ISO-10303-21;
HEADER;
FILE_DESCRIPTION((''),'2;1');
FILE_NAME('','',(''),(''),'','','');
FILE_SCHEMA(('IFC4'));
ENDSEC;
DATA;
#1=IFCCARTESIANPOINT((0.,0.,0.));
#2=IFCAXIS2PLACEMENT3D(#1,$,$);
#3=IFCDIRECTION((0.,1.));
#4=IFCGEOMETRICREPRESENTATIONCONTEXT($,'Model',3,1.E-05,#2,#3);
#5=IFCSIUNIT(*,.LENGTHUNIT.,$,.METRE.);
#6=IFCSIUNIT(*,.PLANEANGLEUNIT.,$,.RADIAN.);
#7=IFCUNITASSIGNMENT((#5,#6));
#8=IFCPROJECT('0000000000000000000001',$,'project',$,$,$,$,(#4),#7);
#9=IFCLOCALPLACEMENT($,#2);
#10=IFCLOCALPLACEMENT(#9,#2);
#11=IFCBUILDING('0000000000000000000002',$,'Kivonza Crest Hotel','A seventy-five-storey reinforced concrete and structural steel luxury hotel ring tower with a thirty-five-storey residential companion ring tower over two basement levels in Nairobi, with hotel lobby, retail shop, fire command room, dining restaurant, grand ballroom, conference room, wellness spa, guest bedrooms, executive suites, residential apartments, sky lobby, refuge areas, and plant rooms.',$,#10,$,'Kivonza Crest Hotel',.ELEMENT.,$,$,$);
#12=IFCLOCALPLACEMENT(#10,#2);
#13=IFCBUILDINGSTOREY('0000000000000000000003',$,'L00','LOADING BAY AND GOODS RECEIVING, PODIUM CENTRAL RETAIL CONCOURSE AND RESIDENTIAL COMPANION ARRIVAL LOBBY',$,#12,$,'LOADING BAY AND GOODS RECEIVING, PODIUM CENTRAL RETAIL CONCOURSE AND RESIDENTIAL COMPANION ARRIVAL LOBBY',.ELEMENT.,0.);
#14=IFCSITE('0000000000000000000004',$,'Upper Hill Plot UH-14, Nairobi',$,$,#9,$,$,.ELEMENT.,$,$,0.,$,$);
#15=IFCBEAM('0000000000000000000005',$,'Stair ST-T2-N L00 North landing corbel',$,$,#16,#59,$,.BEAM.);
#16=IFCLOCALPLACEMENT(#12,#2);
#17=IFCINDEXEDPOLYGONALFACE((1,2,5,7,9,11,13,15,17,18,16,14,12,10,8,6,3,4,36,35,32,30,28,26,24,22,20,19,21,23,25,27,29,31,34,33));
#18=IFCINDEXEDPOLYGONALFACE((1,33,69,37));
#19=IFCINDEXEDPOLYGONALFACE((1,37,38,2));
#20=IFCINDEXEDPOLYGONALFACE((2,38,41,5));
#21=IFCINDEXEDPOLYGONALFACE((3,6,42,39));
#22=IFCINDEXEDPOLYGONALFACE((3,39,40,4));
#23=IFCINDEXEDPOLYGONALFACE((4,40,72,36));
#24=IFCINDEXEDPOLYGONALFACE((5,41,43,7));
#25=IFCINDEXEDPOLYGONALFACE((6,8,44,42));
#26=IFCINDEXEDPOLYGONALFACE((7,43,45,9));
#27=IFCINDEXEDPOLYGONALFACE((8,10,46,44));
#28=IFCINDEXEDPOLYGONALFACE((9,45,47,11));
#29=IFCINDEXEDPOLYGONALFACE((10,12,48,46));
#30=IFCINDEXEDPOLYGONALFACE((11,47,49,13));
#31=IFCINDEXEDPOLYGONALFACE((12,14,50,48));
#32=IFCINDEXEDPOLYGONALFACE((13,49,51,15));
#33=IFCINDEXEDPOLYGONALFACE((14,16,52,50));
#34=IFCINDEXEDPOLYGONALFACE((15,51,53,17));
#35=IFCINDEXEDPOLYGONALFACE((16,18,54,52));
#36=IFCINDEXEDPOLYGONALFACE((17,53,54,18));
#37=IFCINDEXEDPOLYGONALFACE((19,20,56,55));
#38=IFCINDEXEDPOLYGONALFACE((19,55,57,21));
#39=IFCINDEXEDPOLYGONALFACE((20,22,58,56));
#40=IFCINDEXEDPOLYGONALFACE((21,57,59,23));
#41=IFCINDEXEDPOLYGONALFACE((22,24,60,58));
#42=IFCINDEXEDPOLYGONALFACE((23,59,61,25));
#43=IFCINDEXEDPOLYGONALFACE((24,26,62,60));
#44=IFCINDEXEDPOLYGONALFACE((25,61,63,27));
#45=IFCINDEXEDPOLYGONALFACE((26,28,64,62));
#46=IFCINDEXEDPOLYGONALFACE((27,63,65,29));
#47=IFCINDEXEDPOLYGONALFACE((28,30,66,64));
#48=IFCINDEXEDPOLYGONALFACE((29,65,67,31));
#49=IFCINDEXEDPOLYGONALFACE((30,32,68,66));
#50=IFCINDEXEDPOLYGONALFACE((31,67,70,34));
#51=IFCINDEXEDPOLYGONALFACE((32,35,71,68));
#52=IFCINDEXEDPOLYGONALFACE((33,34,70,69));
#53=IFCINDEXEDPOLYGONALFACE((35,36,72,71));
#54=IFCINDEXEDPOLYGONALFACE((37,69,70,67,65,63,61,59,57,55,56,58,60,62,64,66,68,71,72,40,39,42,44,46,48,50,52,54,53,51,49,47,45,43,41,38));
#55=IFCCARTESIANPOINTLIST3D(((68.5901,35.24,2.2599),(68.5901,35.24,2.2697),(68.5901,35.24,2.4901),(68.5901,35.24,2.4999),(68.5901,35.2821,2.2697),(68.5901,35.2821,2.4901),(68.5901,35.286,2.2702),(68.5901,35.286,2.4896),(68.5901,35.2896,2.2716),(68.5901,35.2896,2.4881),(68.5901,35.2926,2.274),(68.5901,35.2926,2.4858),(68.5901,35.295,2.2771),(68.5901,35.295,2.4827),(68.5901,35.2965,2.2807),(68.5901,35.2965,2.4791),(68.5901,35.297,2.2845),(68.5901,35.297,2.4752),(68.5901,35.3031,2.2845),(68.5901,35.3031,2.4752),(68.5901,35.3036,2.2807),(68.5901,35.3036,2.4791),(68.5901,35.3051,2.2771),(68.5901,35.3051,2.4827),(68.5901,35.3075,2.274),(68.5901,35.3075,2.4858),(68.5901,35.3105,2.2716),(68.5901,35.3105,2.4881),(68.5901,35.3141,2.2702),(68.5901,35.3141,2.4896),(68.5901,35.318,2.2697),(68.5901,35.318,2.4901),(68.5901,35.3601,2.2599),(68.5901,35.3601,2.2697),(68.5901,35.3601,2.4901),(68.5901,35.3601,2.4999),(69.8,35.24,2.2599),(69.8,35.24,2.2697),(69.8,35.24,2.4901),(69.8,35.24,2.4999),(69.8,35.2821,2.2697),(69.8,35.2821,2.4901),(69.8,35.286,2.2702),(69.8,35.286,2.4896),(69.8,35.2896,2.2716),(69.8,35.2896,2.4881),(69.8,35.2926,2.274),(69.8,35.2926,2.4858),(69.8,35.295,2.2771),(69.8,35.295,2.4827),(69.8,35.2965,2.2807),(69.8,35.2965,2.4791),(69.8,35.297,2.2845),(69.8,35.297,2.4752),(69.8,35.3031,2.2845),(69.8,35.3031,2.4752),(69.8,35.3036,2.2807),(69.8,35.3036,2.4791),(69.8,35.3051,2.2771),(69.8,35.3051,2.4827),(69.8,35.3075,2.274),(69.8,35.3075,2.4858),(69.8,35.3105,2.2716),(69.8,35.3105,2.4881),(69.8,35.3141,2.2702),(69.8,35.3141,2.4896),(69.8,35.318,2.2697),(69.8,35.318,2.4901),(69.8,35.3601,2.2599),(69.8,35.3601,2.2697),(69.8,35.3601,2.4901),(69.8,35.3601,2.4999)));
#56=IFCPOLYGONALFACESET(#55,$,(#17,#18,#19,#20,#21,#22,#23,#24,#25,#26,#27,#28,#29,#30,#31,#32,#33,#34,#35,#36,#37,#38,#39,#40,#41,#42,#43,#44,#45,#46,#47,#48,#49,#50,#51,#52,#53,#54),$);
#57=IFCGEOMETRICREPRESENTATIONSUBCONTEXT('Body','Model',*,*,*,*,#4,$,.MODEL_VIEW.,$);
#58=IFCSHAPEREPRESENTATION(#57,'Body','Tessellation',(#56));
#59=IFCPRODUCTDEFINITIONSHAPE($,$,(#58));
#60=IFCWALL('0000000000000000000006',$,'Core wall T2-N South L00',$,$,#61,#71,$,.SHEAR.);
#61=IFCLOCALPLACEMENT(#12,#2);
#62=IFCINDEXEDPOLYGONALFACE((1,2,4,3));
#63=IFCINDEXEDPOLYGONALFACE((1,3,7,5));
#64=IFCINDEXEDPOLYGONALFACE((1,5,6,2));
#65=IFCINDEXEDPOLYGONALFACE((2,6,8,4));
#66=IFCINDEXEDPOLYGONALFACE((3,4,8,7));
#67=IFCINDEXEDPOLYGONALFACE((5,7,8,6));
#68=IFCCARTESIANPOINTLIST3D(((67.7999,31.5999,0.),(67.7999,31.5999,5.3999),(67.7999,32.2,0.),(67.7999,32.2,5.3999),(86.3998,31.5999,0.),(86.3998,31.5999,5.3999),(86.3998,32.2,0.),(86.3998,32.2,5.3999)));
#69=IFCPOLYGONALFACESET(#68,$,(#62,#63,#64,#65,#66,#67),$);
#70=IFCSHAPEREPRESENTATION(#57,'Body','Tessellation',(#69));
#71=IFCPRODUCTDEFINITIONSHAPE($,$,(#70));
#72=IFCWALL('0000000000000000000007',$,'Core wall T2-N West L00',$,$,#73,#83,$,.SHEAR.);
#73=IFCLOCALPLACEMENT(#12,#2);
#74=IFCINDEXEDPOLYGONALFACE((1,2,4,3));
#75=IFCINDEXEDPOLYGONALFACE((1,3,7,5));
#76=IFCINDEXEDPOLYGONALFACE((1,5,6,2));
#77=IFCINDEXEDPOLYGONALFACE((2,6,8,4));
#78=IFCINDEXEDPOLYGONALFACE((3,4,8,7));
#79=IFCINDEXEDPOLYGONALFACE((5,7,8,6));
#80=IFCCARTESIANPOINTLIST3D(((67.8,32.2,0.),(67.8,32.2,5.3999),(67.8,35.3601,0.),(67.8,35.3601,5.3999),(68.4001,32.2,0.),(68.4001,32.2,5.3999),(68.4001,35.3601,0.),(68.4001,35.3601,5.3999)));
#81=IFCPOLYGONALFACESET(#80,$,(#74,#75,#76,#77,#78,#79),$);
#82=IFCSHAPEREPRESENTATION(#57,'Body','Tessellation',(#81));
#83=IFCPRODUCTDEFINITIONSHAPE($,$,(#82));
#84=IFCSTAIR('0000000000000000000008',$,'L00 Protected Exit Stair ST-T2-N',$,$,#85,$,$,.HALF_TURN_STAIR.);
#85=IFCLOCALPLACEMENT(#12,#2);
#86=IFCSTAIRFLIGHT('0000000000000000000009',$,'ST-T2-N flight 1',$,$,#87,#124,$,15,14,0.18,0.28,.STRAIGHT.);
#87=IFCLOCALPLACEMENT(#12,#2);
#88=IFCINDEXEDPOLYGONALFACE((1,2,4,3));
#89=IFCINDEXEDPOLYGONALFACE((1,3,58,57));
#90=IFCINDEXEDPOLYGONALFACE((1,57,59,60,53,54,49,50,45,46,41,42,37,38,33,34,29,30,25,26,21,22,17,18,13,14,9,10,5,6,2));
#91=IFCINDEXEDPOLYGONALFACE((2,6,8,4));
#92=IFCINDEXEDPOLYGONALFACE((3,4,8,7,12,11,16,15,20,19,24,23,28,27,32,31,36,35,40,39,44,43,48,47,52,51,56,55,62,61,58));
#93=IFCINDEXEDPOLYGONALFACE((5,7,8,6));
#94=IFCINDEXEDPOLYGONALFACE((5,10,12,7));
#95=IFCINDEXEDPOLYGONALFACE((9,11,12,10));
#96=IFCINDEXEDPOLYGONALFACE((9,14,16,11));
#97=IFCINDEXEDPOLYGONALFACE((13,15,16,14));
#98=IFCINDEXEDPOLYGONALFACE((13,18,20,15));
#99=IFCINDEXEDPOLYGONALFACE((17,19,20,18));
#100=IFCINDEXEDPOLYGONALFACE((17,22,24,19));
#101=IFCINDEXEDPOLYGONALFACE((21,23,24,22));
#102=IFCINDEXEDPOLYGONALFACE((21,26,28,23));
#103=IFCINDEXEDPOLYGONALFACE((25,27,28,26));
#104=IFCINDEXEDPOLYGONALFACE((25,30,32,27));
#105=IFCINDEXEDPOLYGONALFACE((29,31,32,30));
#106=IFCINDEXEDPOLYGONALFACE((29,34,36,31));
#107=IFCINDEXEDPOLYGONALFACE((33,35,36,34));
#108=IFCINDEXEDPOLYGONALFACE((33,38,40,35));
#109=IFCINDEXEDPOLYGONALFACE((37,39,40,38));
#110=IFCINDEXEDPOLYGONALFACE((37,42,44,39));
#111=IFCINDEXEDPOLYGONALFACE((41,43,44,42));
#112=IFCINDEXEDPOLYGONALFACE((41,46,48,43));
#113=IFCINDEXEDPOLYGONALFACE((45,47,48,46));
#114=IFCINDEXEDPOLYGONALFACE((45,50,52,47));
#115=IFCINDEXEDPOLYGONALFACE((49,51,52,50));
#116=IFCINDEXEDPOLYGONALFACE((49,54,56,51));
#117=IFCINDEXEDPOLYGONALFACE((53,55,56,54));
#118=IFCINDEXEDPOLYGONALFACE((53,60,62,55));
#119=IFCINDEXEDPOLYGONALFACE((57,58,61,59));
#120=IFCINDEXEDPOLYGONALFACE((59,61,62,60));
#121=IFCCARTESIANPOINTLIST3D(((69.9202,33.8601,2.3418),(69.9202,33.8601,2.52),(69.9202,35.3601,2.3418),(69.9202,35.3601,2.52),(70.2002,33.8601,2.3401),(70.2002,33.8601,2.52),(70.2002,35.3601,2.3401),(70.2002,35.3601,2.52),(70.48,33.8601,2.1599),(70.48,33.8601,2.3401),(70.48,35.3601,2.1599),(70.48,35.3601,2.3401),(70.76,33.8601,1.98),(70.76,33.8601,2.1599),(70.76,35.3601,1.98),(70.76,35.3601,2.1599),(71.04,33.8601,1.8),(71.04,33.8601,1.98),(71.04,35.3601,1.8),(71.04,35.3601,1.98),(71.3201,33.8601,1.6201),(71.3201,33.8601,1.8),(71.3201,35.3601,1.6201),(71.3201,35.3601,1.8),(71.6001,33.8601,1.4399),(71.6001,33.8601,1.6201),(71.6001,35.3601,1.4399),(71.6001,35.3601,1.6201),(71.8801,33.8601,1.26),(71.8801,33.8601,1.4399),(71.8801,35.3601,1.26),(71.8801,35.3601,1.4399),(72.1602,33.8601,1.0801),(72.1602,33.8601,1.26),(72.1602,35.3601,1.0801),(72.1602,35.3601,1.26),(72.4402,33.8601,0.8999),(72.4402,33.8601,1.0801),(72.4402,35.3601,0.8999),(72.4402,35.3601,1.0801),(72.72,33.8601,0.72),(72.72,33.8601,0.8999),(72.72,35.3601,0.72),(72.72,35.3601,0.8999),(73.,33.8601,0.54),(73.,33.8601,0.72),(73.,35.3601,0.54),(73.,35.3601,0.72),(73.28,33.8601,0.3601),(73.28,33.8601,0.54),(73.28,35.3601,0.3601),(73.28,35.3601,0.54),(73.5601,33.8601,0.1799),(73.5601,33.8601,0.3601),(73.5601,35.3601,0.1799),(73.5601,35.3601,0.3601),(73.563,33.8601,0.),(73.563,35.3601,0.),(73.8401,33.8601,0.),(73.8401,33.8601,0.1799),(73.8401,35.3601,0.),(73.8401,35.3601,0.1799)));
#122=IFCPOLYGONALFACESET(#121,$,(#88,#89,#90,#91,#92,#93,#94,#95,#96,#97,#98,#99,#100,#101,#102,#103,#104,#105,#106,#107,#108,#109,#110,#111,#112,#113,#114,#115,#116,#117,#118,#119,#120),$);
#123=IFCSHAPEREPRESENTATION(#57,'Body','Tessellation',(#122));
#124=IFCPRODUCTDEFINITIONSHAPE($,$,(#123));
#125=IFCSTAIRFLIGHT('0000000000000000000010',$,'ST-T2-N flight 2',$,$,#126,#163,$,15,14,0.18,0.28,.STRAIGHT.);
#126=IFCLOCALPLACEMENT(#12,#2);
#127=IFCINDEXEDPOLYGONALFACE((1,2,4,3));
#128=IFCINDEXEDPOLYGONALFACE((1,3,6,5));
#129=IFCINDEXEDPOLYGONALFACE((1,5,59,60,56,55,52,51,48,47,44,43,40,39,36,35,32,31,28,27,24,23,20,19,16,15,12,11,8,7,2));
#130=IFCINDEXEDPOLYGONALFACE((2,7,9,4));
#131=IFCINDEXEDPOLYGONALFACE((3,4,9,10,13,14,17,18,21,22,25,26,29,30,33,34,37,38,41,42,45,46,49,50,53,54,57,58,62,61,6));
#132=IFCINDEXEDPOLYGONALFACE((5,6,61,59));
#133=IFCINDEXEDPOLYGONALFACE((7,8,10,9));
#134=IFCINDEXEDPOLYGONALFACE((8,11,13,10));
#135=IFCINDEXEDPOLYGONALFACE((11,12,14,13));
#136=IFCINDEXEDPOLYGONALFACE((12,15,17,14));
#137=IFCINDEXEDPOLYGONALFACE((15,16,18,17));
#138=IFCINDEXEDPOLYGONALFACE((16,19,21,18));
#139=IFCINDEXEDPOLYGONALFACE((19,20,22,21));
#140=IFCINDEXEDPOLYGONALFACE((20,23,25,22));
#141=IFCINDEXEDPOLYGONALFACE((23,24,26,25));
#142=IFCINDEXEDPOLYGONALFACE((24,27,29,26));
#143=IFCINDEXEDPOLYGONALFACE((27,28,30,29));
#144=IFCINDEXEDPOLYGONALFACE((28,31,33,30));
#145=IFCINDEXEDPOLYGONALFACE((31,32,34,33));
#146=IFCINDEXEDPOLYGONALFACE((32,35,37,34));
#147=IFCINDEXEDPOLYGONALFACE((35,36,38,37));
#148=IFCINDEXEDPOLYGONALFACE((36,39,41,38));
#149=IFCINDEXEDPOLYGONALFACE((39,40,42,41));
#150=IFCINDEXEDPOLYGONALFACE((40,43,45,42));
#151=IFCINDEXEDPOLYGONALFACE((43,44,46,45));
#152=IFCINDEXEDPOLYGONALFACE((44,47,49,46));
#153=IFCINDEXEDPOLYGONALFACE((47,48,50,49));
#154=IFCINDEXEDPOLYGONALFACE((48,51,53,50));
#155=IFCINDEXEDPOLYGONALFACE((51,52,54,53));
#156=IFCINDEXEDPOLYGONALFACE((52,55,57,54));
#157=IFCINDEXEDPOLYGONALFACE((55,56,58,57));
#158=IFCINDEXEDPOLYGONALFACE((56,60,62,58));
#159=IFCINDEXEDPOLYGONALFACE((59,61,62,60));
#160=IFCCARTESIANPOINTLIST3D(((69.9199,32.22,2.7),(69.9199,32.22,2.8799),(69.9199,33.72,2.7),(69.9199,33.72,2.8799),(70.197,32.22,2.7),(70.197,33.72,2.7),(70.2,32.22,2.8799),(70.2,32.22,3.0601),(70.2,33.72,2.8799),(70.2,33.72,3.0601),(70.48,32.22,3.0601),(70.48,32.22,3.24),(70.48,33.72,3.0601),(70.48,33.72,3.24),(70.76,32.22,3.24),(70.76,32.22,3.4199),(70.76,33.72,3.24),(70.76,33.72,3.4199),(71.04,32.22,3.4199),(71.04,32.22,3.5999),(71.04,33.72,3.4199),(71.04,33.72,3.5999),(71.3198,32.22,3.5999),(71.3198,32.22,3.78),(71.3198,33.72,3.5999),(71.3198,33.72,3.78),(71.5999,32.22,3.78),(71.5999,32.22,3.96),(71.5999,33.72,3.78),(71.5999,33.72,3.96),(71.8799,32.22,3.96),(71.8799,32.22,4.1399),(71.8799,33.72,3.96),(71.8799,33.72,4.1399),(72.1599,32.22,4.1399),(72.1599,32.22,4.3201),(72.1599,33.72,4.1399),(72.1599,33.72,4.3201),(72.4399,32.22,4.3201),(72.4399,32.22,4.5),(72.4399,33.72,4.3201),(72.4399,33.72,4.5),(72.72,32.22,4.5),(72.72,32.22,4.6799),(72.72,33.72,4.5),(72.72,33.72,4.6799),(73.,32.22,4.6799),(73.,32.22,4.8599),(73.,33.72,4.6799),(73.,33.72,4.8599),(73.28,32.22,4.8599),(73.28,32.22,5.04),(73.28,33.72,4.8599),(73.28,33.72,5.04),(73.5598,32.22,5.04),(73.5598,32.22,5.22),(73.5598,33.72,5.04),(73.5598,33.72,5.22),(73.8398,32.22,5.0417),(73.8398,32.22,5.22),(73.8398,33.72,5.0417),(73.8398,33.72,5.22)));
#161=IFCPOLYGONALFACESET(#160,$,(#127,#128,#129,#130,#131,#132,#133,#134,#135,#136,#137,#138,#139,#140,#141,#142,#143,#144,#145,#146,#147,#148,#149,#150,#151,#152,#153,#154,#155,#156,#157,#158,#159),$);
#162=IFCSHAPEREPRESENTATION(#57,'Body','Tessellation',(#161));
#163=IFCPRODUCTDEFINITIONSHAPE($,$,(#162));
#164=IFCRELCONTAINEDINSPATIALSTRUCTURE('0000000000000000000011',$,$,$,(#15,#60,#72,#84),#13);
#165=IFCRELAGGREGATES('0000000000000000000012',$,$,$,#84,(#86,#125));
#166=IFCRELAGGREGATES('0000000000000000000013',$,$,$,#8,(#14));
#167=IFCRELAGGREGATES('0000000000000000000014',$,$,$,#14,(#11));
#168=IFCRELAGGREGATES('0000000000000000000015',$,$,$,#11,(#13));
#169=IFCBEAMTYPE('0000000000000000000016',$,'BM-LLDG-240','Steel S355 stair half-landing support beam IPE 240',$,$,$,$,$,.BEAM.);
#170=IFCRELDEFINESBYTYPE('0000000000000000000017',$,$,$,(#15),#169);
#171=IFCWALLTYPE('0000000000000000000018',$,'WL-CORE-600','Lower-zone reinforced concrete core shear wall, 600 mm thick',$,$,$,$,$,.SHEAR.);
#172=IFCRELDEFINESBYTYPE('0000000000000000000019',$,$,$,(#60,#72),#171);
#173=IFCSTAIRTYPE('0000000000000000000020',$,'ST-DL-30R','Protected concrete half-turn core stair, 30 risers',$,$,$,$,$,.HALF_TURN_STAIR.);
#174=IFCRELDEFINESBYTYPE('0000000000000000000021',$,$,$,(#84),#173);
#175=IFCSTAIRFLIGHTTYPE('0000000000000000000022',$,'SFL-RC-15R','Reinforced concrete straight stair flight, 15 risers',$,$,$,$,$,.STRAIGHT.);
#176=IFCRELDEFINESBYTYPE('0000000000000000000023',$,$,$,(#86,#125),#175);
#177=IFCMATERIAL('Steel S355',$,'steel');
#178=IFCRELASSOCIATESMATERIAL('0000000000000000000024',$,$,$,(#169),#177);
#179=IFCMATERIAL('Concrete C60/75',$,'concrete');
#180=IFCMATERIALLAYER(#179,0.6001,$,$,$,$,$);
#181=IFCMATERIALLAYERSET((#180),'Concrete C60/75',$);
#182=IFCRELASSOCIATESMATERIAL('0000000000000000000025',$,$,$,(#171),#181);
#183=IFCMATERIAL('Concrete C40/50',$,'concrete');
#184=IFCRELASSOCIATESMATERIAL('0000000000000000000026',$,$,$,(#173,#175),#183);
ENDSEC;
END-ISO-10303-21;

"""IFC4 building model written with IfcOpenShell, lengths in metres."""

from ifc_helpers import new_model, si_unit, direction, frame, frame_2d, origin, origin_2d, place, context, subcontext, project, spatial, polyline, rectangle, i_section, outline, extrude, material, layer, layer_set, material_profile, profile_set, type_object, element, aggregate, save


model = new_model("IFC4")

# Units and contexts
model_context = context("Model", 3, precision=1e-05, world=origin(), true_north=direction((0.0, 1.0)))
body_context = subcontext(model_context, "Body", "Model", "MODEL_VIEW")
ifc_project = project(units=[si_unit("LENGTHUNIT", "METRE"), si_unit("PLANEANGLEUNIT", "RADIAN")], contexts=[model_context])

# Site, building, storey
site_placement = place(None, origin())
site = spatial("IfcSite", under=ifc_project, at=site_placement, Name="Upper Hill Plot UH-14, Nairobi", CompositionType="ELEMENT", RefElevation=0.0)
building_placement = place(site_placement, origin())
building = spatial("IfcBuilding", under=site, at=building_placement, Name="Kivonza Crest Hotel", Description="A seventy-five-storey reinforced concrete and structural steel luxury hotel ring tower with a thirty-five-storey residential companion ring tower over two basement levels in Nairobi, with hotel lobby, retail shop, fire command room, dining restaurant, grand ballroom, conference room, wellness spa, guest bedrooms, executive suites, residential apartments, sky lobby, refuge areas, and plant rooms.", LongName="Kivonza Crest Hotel", CompositionType="ELEMENT")
storey_placement = place(building_placement, origin())
storey = spatial("IfcBuildingStorey", under=building, at=storey_placement, Name="L00", Description="LOADING BAY AND GOODS RECEIVING, PODIUM CENTRAL RETAIL CONCOURSE AND RESIDENTIAL COMPANION ARRIVAL LOBBY", LongName="LOADING BAY AND GOODS RECEIVING, PODIUM CENTRAL RETAIL CONCOURSE AND RESIDENTIAL COMPANION ARRIVAL LOBBY", CompositionType="ELEMENT", Elevation=0.0)

# Shared definitions
ifc_material_1 = material(Name="Concrete C60/75", Category="concrete")

# Beam
ifc_material_2 = material(Name="Steel S355", Category="steel")
ifc_material_profile_1 = material_profile(ifc_material_2, i_section(OverallWidth=0.1201, OverallDepth=0.24, WebThickness=0.0061, FlangeThickness=0.0098, FilletRadius=0.0149, at=origin_2d()), Name="IPE 240")
ifc_profile_set_1 = profile_set([ifc_material_profile_1], Name="Steel S355")
beam_type_1 = type_object("IfcBeamType", Name="BM-LLDG-240", Description="Steel S355 stair half-landing support beam IPE 240", PredefinedType="BEAM", material=ifc_profile_set_1)
for number, where, z_axis, x_axis, name in (
    (1, (68.5901, 35.3, 2.3799), (1.0, 0.0, 0.0), (0.0, 1.0, 0.0), "Stair ST-T2-N L00 North landing corbel"),
):
    element("IfcBeam", number, at=place(storey_placement, frame(where, z_axis=z_axis, x_axis=x_axis)), inside=storey, type_object=beam_type_1, Name=name, PredefinedType="BEAM", context=body_context, shape_type="SweptSolid", body=[
        extrude(i_section(OverallWidth=0.1201, OverallDepth=0.24, WebThickness=0.0061, FlangeThickness=0.0098, FilletRadius=0.0149, at=origin_2d()), origin(), (0.0, 0.0, 1.0), 1.21),
    ])

# Wall
ifc_layer_1 = layer(ifc_material_1, 0.6001)
ifc_layer_set_1 = layer_set([ifc_layer_1], Name="Concrete C60/75")
wall_type_1 = type_object("IfcWallType", Name="WL-CORE-600", Description="Lower-zone reinforced concrete core shear wall, 600 mm thick", PredefinedType="SHEAR", material=ifc_layer_set_1)
wall_1_placement = place(storey_placement, frame((67.8, 31.8999, 0.0), z_axis=(0.0, 0.0, 1.0), x_axis=(1.0, 0.0, 0.0)))
element("IfcWall", 2, at=wall_1_placement, inside=storey, type_object=wall_type_1, Name="Core wall T2-N South L00", PredefinedType="SHEAR", context=body_context, shape_type="SweptSolid", body=[
    extrude(rectangle(XDim=18.5999, YDim=0.6001, at=frame_2d((9.2998, 0.0))), origin(), (0.0, 0.0, 1.0), 5.3999),
])

# Wall
wall_2_placement = place(storey_placement, frame((68.1001, 32.2, 0.0), z_axis=(0.0, 0.0, 1.0), x_axis=(0.0, 1.0, 0.0)))
element("IfcWall", 3, at=wall_2_placement, inside=storey, type_object=wall_type_1, Name="Core wall T2-N West L00", PredefinedType="SHEAR", context=body_context, shape_type="SweptSolid", body=[
    extrude(rectangle(XDim=3.1602, YDim=0.6001, at=frame_2d((1.5801, 0.0))), origin(), (0.0, 0.0, 1.0), 5.3999),
])

# Stair, stair flights
ifc_material_3 = material(Name="Concrete C40/50", Category="concrete")
stair_type = type_object("IfcStairType", Name="ST-DL-30R", Description="Protected concrete half-turn core stair, 30 risers", PredefinedType="HALF_TURN_STAIR", material=ifc_material_3)
stair_placement = place(storey_placement, origin())
stair = element("IfcStair", 4, at=stair_placement, inside=storey, type_object=stair_type, Name="L00 Protected Exit Stair ST-T2-N", PredefinedType="HALF_TURN_STAIR")
stair_flight_type = type_object("IfcStairFlightType", Name="SFL-RC-15R", Description="Reinforced concrete straight stair flight, 15 risers", PredefinedType="STRAIGHT", material=ifc_material_3)
stair_flight_1_placement = place(storey_placement, frame((73.8401, 34.6101, 0.0), z_axis=(0.0, 0.0, 1.0), x_axis=(-1.0, 0.0, 0.0)))
stair_flight_1 = element("IfcStairFlight", 5, at=stair_flight_1_placement, type_object=stair_flight_type, Name="ST-T2-N flight 1", NumberOfRisers=15, NumberOfTreads=14, PredefinedType="STRAIGHT", RiserHeight=0.18, TreadLength=0.28, context=body_context, shape_type="SweptSolid", body=[
    extrude(outline(polyline([(0.0, 0.0), (0.0, 0.1799), (0.28, 0.1799), (0.28, 0.3601), (0.5601, 0.3601), (0.5601, 0.54), (0.8401, 0.54), (0.8401, 0.72), (1.1201, 0.72), (1.1201, 0.8999), (1.3999, 0.8999), (1.3999, 1.0801), (1.6799, 1.0801), (1.6799, 1.26), (1.96, 1.26), (1.96, 1.4399), (2.24, 1.4399), (2.24, 1.6201), (2.52, 1.6201), (2.52, 1.8), (2.8, 1.8), (2.8, 1.98), (3.0801, 1.98), (3.0801, 2.1599), (3.3601, 2.1599), (3.3601, 2.3401), (3.6399, 2.3401), (3.6399, 2.52), (3.9199, 2.52), (3.9199, 2.7), (3.9199, 2.3418), (0.2771, 0.0), (0.0, 0.0)])), frame((0.0, 0.75, 0.0), z_axis=(0.0, -1.0, 0.0), x_axis=(1.0, 0.0, 0.0)), (0.0, 0.0, 1.0), 1.5),
])
stair_flight_2_placement = place(storey_placement, frame((69.9199, 32.97, 2.7), z_axis=(0.0, 0.0, 1.0), x_axis=(1.0, 0.0, 0.0)))
stair_flight_2 = element("IfcStairFlight", 6, at=stair_flight_2_placement, type_object=stair_flight_type, Name="ST-T2-N flight 2", NumberOfRisers=15, NumberOfTreads=14, PredefinedType="STRAIGHT", RiserHeight=0.18, TreadLength=0.28, context=body_context, shape_type="SweptSolid", body=[
    extrude(outline(polyline([(0.0, 0.0), (0.0, 0.1799), (0.28, 0.1799), (0.28, 0.3601), (0.5601, 0.3601), (0.5601, 0.54), (0.8401, 0.54), (0.8401, 0.72), (1.1201, 0.72), (1.1201, 0.8999), (1.3999, 0.8999), (1.3999, 1.0801), (1.6799, 1.0801), (1.6799, 1.26), (1.96, 1.26), (1.96, 1.4399), (2.24, 1.4399), (2.24, 1.6201), (2.52, 1.6201), (2.52, 1.8), (2.8, 1.8), (2.8, 1.98), (3.0801, 1.98), (3.0801, 2.1599), (3.3601, 2.1599), (3.3601, 2.3401), (3.6399, 2.3401), (3.6399, 2.52), (3.9199, 2.52), (3.9199, 2.7), (3.9199, 2.3418), (0.2771, 0.0), (0.0, 0.0)])), frame((0.0, 0.75, 0.0), z_axis=(0.0, -1.0, 0.0), x_axis=(1.0, 0.0, 0.0)), (0.0, 0.0, 1.0), 1.5),
])
aggregate(stair, [stair_flight_1, stair_flight_2])

save(model, "model.ifc")
